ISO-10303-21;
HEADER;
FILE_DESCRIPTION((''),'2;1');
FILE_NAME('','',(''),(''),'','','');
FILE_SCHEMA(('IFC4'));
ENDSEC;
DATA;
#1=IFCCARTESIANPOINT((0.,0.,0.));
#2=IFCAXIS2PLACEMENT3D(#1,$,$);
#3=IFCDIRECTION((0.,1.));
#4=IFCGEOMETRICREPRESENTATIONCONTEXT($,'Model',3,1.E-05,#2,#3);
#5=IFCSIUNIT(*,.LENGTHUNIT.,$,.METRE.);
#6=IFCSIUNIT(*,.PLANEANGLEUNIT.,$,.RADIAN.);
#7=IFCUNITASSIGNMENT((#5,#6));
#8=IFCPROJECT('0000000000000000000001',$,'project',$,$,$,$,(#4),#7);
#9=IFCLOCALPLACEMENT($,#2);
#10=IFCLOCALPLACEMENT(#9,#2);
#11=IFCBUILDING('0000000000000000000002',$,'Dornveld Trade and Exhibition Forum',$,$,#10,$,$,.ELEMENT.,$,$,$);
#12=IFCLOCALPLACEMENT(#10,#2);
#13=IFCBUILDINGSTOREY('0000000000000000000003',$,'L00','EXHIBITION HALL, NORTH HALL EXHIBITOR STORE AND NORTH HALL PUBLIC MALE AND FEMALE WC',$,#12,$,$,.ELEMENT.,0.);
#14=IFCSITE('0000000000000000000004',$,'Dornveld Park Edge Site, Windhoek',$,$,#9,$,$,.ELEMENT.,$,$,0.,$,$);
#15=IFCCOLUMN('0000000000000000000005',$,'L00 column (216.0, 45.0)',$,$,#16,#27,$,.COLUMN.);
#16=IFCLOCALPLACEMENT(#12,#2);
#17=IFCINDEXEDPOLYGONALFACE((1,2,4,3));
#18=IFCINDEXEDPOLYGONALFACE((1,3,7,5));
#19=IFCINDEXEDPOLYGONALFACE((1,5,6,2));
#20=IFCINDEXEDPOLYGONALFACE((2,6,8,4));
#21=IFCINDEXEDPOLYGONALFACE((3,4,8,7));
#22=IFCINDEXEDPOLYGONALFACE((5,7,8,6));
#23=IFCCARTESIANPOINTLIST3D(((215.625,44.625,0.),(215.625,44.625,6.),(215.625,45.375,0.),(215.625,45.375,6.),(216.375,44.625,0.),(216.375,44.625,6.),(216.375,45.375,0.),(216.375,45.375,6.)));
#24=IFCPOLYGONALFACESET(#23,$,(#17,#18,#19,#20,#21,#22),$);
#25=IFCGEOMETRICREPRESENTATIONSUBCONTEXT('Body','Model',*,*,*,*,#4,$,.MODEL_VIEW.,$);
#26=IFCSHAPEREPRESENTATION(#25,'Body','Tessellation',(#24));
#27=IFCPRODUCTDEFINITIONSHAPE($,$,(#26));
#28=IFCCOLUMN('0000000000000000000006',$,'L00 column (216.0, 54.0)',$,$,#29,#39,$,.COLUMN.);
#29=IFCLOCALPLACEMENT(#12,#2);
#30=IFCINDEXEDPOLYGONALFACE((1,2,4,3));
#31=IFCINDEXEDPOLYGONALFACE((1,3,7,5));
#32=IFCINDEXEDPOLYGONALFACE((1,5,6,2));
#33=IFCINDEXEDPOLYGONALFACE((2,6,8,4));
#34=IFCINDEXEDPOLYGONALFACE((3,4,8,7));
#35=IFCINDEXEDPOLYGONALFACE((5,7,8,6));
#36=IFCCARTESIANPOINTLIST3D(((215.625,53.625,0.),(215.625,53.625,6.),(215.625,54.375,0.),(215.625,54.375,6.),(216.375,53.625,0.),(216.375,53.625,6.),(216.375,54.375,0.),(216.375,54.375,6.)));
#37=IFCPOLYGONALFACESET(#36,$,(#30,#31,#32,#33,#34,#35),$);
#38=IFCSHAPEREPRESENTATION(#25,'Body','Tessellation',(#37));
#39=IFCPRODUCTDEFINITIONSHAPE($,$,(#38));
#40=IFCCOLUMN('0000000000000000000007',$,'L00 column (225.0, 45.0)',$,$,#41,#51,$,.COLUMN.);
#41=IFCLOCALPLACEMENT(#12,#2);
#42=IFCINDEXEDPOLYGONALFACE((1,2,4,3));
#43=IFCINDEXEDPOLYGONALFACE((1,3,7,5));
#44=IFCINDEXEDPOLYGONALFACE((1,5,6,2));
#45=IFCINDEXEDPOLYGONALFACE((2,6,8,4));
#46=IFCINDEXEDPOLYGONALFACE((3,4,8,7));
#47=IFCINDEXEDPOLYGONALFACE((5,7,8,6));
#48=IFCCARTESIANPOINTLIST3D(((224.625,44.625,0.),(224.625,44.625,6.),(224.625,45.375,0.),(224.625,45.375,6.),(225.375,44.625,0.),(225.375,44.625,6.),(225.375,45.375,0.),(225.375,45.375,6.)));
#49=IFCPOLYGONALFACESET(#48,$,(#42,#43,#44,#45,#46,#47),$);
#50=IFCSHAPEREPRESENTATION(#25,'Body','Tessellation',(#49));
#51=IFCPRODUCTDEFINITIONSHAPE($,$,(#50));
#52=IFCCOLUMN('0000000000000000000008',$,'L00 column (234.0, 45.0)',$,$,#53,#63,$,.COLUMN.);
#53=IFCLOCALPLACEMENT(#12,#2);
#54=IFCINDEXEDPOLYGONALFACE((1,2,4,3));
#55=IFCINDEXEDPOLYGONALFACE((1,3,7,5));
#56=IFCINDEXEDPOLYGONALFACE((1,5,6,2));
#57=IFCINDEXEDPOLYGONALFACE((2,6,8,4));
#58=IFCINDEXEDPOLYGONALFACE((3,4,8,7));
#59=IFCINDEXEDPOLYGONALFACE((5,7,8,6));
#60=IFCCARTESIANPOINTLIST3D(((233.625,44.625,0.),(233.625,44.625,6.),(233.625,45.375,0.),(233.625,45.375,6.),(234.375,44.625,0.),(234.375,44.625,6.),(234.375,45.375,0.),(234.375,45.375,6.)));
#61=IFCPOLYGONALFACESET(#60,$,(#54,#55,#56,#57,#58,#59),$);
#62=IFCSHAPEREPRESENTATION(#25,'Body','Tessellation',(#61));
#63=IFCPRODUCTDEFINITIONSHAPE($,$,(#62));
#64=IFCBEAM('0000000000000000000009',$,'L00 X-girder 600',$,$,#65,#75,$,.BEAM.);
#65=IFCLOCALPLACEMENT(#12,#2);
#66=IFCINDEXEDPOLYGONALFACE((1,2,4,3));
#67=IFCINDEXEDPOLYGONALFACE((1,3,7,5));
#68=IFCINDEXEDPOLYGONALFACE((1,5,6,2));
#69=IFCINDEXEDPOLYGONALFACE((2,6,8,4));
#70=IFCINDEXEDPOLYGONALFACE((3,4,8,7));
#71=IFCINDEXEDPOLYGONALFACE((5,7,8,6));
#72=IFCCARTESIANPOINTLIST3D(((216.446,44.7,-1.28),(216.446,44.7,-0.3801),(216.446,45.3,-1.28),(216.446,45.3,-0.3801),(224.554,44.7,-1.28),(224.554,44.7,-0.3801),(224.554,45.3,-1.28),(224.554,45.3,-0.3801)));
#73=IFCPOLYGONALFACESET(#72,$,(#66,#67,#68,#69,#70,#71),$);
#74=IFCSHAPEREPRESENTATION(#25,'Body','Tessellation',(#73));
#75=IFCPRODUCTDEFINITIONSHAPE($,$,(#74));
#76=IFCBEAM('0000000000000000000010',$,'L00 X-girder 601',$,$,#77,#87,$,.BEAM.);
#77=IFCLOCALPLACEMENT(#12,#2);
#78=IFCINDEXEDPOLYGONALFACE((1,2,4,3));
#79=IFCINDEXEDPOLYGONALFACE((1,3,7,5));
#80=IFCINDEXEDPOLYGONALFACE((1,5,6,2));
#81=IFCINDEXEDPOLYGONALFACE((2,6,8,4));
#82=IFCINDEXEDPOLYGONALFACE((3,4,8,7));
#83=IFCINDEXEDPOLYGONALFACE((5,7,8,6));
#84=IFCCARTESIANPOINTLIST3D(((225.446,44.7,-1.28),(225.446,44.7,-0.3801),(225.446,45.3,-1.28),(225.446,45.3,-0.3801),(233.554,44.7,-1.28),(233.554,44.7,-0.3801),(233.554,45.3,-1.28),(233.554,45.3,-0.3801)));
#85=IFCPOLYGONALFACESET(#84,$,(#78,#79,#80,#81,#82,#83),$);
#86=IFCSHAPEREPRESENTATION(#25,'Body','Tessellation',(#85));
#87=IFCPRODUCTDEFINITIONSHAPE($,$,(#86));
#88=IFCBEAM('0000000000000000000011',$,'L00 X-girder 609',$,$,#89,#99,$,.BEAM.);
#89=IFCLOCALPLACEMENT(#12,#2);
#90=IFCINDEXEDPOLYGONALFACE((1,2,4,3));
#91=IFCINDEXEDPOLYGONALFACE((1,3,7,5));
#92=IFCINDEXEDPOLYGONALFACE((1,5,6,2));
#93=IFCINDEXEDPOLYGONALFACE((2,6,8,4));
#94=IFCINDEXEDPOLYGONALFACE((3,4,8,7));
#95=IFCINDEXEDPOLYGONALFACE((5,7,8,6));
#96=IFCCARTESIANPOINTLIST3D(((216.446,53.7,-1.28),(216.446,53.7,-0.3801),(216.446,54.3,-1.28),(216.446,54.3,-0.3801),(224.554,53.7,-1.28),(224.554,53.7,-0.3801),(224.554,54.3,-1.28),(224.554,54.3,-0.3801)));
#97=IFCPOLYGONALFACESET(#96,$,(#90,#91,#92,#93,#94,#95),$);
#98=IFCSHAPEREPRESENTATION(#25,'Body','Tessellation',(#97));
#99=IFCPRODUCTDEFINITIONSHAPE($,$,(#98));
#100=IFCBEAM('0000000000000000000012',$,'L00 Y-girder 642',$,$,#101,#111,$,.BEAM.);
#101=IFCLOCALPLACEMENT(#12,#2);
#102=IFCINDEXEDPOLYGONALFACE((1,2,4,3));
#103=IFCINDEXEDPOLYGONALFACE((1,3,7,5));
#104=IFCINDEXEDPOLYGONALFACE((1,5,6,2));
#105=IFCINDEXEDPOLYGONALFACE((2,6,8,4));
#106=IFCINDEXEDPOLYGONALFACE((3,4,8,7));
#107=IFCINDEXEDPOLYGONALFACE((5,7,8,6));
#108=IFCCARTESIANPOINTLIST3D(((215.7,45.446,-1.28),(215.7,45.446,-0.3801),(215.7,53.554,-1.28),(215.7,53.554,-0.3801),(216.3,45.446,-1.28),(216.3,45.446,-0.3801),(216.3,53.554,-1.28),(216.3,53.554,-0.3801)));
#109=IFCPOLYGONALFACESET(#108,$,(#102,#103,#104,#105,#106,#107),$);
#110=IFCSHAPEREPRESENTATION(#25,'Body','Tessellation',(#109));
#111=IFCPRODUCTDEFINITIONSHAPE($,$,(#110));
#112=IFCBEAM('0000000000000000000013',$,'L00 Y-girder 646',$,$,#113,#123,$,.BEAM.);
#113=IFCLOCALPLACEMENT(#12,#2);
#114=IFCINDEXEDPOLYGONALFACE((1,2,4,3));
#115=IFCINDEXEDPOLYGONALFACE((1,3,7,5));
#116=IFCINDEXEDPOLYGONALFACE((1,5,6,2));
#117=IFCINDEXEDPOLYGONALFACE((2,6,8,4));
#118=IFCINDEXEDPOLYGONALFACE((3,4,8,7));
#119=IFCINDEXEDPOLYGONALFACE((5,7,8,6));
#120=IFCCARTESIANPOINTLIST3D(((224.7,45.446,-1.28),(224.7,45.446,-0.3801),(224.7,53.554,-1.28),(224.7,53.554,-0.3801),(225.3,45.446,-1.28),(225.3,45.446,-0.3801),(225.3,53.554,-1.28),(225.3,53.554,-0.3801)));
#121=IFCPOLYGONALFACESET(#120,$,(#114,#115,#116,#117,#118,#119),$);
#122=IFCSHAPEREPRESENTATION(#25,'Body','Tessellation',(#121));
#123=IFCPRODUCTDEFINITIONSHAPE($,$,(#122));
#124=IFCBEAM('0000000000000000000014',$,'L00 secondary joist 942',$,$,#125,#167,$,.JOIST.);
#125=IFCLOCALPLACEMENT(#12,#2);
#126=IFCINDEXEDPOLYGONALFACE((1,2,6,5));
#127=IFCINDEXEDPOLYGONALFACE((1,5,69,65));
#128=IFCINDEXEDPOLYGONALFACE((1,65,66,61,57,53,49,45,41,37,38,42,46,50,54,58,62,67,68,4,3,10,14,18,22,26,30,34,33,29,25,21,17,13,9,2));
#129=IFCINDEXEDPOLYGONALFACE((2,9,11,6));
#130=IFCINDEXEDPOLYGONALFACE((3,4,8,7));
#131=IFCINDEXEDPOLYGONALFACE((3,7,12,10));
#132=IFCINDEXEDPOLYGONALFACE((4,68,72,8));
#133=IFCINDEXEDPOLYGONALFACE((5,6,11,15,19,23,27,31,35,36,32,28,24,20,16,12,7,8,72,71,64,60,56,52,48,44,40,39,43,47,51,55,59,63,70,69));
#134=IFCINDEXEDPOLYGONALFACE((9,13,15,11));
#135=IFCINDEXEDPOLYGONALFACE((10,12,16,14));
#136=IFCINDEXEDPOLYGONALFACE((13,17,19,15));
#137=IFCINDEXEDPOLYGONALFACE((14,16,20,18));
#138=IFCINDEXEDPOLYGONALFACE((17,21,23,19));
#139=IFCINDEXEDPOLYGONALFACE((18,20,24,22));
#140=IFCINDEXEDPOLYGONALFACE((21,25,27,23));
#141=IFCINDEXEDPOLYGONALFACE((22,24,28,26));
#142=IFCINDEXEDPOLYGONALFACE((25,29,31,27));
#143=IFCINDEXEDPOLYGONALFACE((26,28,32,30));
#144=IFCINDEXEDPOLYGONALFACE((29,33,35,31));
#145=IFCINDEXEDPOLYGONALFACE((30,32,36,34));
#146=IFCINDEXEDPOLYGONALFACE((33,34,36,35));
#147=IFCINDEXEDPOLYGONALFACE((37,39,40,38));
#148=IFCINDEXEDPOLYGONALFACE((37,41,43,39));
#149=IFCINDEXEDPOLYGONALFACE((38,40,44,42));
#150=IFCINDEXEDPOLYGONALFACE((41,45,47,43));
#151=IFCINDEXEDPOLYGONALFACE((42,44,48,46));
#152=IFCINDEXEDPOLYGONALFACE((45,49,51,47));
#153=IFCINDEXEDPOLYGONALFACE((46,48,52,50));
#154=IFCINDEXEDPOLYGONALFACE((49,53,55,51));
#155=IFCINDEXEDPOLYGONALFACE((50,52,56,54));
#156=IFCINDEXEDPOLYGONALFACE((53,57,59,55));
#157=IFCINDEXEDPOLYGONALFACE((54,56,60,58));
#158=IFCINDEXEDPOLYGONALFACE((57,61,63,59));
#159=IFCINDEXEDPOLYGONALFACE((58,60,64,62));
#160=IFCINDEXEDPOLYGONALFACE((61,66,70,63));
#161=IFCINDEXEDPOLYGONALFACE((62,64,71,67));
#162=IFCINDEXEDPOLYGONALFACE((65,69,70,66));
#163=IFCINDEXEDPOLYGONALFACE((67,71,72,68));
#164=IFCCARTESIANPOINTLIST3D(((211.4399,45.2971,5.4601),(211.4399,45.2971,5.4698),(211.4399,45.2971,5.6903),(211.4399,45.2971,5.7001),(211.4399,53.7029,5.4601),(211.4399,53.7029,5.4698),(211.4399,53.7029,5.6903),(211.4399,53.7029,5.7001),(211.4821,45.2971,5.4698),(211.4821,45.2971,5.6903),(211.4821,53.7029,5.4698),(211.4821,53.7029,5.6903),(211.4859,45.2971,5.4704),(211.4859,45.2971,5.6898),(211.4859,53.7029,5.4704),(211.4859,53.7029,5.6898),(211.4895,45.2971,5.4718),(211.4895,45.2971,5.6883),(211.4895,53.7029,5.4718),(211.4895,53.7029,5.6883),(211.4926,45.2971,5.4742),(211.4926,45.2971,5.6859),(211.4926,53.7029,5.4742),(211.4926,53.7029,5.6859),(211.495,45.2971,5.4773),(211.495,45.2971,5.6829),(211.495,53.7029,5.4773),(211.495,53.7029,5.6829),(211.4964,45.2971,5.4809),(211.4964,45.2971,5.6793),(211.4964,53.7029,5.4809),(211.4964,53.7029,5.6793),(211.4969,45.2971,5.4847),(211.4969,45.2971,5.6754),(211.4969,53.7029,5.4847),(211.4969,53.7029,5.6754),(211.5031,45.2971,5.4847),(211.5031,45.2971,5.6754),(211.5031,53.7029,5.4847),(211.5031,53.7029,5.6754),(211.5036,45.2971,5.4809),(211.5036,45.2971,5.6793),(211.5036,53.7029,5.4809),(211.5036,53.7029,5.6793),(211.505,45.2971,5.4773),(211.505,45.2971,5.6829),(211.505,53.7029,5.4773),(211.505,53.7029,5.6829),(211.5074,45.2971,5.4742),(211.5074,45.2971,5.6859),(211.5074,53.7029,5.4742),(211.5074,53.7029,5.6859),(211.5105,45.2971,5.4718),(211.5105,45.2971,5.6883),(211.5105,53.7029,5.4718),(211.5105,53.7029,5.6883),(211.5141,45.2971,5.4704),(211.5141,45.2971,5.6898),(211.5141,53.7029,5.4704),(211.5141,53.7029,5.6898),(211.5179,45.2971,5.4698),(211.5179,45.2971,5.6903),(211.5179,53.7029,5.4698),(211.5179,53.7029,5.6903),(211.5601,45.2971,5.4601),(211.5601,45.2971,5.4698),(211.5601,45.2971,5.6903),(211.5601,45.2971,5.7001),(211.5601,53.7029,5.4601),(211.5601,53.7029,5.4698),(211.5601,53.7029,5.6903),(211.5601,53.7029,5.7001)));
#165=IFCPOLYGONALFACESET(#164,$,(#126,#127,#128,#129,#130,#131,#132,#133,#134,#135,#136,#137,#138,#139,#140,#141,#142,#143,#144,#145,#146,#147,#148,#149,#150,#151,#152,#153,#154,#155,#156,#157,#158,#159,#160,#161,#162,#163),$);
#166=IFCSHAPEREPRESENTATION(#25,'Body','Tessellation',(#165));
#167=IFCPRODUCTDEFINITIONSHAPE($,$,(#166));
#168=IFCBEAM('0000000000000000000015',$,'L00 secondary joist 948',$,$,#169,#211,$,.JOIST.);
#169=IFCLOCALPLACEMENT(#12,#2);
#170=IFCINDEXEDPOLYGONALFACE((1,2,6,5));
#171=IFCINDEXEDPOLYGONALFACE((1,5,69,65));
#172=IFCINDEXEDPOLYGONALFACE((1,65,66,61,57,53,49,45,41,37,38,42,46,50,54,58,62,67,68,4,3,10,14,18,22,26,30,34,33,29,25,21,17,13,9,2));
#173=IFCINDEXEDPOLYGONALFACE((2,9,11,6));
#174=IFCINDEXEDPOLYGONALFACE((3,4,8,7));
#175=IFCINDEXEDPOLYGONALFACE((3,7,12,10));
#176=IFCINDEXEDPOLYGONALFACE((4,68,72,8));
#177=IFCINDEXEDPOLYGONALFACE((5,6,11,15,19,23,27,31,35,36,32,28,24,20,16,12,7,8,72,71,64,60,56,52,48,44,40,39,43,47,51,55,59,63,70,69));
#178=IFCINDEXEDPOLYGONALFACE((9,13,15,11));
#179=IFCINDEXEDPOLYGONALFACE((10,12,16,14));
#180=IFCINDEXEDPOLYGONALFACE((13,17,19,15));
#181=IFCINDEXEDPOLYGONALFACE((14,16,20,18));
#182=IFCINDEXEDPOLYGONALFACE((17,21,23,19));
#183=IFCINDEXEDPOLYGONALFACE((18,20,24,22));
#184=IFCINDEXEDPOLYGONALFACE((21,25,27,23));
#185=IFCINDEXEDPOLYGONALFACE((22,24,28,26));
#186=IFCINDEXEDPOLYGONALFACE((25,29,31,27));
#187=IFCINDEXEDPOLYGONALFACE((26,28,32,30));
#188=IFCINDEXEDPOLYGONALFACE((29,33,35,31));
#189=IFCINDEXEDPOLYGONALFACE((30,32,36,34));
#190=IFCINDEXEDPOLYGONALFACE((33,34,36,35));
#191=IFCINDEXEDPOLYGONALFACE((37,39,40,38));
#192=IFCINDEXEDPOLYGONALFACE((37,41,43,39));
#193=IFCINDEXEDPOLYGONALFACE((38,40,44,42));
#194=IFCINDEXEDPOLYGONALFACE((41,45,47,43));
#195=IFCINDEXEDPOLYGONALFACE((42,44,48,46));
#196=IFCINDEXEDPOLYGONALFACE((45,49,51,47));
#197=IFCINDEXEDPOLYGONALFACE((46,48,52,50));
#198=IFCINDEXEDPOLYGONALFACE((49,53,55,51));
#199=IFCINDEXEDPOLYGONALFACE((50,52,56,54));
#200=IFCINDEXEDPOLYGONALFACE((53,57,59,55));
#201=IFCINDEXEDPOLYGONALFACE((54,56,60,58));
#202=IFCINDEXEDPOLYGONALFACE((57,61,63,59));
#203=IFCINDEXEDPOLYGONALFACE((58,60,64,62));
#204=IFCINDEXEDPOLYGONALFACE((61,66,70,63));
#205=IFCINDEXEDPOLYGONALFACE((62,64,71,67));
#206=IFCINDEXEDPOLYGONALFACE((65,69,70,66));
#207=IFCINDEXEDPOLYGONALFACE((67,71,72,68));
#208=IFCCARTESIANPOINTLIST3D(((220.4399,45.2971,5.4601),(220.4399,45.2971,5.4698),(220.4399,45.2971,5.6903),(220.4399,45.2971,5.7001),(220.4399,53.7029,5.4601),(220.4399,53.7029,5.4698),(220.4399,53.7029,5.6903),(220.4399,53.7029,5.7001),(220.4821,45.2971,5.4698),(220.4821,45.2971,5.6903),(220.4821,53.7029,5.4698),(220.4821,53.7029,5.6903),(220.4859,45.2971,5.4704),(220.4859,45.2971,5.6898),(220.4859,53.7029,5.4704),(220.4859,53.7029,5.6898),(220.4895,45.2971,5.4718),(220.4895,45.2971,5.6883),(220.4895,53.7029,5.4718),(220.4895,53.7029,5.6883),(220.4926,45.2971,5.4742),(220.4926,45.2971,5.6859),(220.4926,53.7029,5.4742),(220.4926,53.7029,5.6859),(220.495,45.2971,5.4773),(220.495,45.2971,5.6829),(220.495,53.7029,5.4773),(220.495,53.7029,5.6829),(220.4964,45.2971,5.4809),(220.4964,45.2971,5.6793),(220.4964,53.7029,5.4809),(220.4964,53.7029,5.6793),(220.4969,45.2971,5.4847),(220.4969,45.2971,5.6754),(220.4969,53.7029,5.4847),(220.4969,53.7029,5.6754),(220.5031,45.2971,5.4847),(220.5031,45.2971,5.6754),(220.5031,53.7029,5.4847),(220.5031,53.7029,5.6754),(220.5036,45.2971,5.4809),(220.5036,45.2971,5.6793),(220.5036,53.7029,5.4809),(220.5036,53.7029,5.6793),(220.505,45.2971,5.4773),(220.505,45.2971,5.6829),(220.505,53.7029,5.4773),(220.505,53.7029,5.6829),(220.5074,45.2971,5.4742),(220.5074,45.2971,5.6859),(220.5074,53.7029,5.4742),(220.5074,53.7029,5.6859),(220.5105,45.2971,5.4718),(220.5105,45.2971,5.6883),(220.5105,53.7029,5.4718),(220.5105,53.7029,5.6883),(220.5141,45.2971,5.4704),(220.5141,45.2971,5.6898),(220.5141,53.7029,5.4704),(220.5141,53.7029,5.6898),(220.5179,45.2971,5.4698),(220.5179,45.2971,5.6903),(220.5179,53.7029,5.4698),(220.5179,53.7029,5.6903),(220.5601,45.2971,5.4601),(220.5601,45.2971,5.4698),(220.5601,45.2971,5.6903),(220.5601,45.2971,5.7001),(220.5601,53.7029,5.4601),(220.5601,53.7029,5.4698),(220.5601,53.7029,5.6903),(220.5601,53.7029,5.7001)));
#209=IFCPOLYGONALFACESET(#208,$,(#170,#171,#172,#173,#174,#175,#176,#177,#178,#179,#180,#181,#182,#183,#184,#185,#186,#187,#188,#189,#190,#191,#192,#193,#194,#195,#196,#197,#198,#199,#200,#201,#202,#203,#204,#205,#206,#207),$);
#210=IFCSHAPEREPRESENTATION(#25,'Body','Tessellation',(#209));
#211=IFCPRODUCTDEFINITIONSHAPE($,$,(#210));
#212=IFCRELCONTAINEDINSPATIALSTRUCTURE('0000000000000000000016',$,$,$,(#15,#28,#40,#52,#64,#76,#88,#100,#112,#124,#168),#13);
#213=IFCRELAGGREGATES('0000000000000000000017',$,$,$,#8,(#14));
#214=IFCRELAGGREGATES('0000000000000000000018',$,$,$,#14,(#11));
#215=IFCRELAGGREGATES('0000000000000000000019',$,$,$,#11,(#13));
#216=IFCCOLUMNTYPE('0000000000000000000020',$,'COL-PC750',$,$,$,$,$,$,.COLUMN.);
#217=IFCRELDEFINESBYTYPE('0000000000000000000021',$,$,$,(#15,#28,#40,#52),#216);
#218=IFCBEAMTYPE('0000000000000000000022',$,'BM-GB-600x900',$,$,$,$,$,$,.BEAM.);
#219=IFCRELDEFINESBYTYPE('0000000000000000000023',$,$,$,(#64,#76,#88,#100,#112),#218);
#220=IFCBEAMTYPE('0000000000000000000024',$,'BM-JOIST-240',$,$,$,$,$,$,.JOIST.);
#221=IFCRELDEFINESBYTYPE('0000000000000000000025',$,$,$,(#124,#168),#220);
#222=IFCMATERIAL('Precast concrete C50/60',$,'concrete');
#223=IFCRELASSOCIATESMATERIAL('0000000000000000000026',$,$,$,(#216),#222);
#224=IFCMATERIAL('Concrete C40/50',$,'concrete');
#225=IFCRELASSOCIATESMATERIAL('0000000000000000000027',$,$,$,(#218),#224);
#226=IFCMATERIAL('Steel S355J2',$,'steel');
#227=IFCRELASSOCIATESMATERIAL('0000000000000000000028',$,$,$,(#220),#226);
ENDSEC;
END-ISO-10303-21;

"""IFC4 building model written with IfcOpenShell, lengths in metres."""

from ifc_helpers import new_model, si_unit, direction, frame, origin, origin_2d, place, context, subcontext, project, spatial, rectangle, i_section, extrude, material, material_profile, profile_set, type_object, element, save


model = new_model("IFC4")

# Units and contexts
model_context = context("Model", 3, precision=1e-05, world=origin(), true_north=direction((0.0, 1.0)))
body_context = subcontext(model_context, "Body", "Model", "MODEL_VIEW")
ifc_project = project(units=[si_unit("LENGTHUNIT", "METRE"), si_unit("PLANEANGLEUNIT", "RADIAN")], contexts=[model_context])

# Site, building, storey
site_placement = place(None, origin())
site = spatial("IfcSite", under=ifc_project, at=site_placement, Name="Dornveld Park Edge Site, Windhoek", CompositionType="ELEMENT", RefElevation=0.0)
building_placement = place(site_placement, origin())
building = spatial("IfcBuilding", under=site, at=building_placement, Name="Dornveld Trade and Exhibition Forum", CompositionType="ELEMENT")
storey_placement = place(building_placement, origin())
storey = spatial("IfcBuildingStorey", under=building, at=storey_placement, Name="L00", Description="EXHIBITION HALL, NORTH HALL EXHIBITOR STORE AND NORTH HALL PUBLIC MALE AND FEMALE WC", CompositionType="ELEMENT", Elevation=0.0)

# Columns
ifc_material_1 = material(Name="Precast concrete C50/60", Category="concrete")
ifc_material_profile_1 = material_profile(ifc_material_1, rectangle(XDim=0.75, YDim=0.75, at=origin_2d()), Name="PC-COL 750x750")
ifc_profile_set_1 = profile_set([ifc_material_profile_1], Name="Precast concrete C50/60")
column_type = type_object("IfcColumnType", Name="COL-PC750", PredefinedType="COLUMN", material=ifc_profile_set_1)
for number, where, z_axis, x_axis, name in (
    (1, (216.0, 45.0, 0.0), (0.0, 0.0, 1.0), (1.0, 0.0, 0.0), "L00 column (216.0, 45.0)"),
    (2, (216.0, 54.0, 0.0), (0.0, 0.0, 1.0), (1.0, 0.0, 0.0), "L00 column (216.0, 54.0)"),
    (3, (225.0, 45.0, 0.0), (0.0, 0.0, 1.0), (1.0, 0.0, 0.0), "L00 column (225.0, 45.0)"),
    (4, (234.0, 45.0, 0.0), (0.0, 0.0, 1.0), (1.0, 0.0, 0.0), "L00 column (234.0, 45.0)"),
):
    element("IfcColumn", number, at=place(storey_placement, frame(where, z_axis=z_axis, x_axis=x_axis)), inside=storey, type_object=column_type, Name=name, PredefinedType="COLUMN", context=body_context, shape_type="SweptSolid", body=[
        extrude(rectangle(XDim=0.75, YDim=0.75, at=origin_2d()), origin(), (0.0, 0.0, 1.0), 6.0),
    ])

# Beams
ifc_material_2 = material(Name="Concrete C40/50", Category="concrete")
ifc_material_profile_2 = material_profile(ifc_material_2, rectangle(XDim=0.6001, YDim=0.8999, at=origin_2d()), Name="RC-GB 600x900")
ifc_profile_set_2 = profile_set([ifc_material_profile_2], Name="Concrete C40/50")
beam_type_1 = type_object("IfcBeamType", Name="BM-GB-600x900", PredefinedType="BEAM", material=ifc_profile_set_2)
for number, where, z_axis, x_axis, name in (
    (5, (216.446, 45.0, -0.8301), (1.0, 0.0, 0.0), (0.0, 1.0, 0.0), "L00 X-girder 600"),
    (6, (225.446, 45.0, -0.8301), (1.0, 0.0, 0.0), (0.0, 1.0, 0.0), "L00 X-girder 601"),
    (7, (216.446, 54.0, -0.8301), (1.0, 0.0, 0.0), (0.0, 1.0, 0.0), "L00 X-girder 609"),
    (8, (216.0, 45.446, -0.8301), (0.0, 1.0, 0.0), (-1.0, 0.0, 0.0), "L00 Y-girder 642"),
    (9, (225.0, 45.446, -0.8301), (0.0, 1.0, 0.0), (-1.0, 0.0, 0.0), "L00 Y-girder 646"),
):
    element("IfcBeam", number, at=place(storey_placement, frame(where, z_axis=z_axis, x_axis=x_axis)), inside=storey, type_object=beam_type_1, Name=name, PredefinedType="BEAM", context=body_context, shape_type="SweptSolid", body=[
        extrude(rectangle(XDim=0.6001, YDim=0.8999, at=origin_2d()), origin(), (0.0, 0.0, 1.0), 8.1079),
    ])
ifc_material_3 = material(Name="Steel S355J2", Category="steel")
ifc_material_profile_3 = material_profile(ifc_material_3, i_section(OverallWidth=0.1201, OverallDepth=0.24, WebThickness=0.0061, FlangeThickness=0.0098, FilletRadius=0.0149, at=origin_2d()), Name="IPE 240")
ifc_profile_set_3 = profile_set([ifc_material_profile_3], Name="Steel S355J2")
beam_type_2 = type_object("IfcBeamType", Name="BM-JOIST-240", PredefinedType="JOIST", material=ifc_profile_set_3)
for number, where, z_axis, x_axis, name in (
    (10, (211.5, 45.2971, 5.5801), (0.0, 1.0, 0.0), (-1.0, 0.0, 0.0), "L00 secondary joist 942"),
    (11, (220.5, 45.2971, 5.5801), (0.0, 1.0, 0.0), (-1.0, 0.0, 0.0), "L00 secondary joist 948"),
):
    element("IfcBeam", number, at=place(storey_placement, frame(where, z_axis=z_axis, x_axis=x_axis)), inside=storey, type_object=beam_type_2, Name=name, PredefinedType="JOIST", context=body_context, shape_type="SweptSolid", body=[
        extrude(i_section(OverallWidth=0.1201, OverallDepth=0.24, WebThickness=0.0061, FlangeThickness=0.0098, FilletRadius=0.0149, at=origin_2d()), origin(), (0.0, 0.0, 1.0), 8.4058),
    ])

save(model, "model.ifc")
